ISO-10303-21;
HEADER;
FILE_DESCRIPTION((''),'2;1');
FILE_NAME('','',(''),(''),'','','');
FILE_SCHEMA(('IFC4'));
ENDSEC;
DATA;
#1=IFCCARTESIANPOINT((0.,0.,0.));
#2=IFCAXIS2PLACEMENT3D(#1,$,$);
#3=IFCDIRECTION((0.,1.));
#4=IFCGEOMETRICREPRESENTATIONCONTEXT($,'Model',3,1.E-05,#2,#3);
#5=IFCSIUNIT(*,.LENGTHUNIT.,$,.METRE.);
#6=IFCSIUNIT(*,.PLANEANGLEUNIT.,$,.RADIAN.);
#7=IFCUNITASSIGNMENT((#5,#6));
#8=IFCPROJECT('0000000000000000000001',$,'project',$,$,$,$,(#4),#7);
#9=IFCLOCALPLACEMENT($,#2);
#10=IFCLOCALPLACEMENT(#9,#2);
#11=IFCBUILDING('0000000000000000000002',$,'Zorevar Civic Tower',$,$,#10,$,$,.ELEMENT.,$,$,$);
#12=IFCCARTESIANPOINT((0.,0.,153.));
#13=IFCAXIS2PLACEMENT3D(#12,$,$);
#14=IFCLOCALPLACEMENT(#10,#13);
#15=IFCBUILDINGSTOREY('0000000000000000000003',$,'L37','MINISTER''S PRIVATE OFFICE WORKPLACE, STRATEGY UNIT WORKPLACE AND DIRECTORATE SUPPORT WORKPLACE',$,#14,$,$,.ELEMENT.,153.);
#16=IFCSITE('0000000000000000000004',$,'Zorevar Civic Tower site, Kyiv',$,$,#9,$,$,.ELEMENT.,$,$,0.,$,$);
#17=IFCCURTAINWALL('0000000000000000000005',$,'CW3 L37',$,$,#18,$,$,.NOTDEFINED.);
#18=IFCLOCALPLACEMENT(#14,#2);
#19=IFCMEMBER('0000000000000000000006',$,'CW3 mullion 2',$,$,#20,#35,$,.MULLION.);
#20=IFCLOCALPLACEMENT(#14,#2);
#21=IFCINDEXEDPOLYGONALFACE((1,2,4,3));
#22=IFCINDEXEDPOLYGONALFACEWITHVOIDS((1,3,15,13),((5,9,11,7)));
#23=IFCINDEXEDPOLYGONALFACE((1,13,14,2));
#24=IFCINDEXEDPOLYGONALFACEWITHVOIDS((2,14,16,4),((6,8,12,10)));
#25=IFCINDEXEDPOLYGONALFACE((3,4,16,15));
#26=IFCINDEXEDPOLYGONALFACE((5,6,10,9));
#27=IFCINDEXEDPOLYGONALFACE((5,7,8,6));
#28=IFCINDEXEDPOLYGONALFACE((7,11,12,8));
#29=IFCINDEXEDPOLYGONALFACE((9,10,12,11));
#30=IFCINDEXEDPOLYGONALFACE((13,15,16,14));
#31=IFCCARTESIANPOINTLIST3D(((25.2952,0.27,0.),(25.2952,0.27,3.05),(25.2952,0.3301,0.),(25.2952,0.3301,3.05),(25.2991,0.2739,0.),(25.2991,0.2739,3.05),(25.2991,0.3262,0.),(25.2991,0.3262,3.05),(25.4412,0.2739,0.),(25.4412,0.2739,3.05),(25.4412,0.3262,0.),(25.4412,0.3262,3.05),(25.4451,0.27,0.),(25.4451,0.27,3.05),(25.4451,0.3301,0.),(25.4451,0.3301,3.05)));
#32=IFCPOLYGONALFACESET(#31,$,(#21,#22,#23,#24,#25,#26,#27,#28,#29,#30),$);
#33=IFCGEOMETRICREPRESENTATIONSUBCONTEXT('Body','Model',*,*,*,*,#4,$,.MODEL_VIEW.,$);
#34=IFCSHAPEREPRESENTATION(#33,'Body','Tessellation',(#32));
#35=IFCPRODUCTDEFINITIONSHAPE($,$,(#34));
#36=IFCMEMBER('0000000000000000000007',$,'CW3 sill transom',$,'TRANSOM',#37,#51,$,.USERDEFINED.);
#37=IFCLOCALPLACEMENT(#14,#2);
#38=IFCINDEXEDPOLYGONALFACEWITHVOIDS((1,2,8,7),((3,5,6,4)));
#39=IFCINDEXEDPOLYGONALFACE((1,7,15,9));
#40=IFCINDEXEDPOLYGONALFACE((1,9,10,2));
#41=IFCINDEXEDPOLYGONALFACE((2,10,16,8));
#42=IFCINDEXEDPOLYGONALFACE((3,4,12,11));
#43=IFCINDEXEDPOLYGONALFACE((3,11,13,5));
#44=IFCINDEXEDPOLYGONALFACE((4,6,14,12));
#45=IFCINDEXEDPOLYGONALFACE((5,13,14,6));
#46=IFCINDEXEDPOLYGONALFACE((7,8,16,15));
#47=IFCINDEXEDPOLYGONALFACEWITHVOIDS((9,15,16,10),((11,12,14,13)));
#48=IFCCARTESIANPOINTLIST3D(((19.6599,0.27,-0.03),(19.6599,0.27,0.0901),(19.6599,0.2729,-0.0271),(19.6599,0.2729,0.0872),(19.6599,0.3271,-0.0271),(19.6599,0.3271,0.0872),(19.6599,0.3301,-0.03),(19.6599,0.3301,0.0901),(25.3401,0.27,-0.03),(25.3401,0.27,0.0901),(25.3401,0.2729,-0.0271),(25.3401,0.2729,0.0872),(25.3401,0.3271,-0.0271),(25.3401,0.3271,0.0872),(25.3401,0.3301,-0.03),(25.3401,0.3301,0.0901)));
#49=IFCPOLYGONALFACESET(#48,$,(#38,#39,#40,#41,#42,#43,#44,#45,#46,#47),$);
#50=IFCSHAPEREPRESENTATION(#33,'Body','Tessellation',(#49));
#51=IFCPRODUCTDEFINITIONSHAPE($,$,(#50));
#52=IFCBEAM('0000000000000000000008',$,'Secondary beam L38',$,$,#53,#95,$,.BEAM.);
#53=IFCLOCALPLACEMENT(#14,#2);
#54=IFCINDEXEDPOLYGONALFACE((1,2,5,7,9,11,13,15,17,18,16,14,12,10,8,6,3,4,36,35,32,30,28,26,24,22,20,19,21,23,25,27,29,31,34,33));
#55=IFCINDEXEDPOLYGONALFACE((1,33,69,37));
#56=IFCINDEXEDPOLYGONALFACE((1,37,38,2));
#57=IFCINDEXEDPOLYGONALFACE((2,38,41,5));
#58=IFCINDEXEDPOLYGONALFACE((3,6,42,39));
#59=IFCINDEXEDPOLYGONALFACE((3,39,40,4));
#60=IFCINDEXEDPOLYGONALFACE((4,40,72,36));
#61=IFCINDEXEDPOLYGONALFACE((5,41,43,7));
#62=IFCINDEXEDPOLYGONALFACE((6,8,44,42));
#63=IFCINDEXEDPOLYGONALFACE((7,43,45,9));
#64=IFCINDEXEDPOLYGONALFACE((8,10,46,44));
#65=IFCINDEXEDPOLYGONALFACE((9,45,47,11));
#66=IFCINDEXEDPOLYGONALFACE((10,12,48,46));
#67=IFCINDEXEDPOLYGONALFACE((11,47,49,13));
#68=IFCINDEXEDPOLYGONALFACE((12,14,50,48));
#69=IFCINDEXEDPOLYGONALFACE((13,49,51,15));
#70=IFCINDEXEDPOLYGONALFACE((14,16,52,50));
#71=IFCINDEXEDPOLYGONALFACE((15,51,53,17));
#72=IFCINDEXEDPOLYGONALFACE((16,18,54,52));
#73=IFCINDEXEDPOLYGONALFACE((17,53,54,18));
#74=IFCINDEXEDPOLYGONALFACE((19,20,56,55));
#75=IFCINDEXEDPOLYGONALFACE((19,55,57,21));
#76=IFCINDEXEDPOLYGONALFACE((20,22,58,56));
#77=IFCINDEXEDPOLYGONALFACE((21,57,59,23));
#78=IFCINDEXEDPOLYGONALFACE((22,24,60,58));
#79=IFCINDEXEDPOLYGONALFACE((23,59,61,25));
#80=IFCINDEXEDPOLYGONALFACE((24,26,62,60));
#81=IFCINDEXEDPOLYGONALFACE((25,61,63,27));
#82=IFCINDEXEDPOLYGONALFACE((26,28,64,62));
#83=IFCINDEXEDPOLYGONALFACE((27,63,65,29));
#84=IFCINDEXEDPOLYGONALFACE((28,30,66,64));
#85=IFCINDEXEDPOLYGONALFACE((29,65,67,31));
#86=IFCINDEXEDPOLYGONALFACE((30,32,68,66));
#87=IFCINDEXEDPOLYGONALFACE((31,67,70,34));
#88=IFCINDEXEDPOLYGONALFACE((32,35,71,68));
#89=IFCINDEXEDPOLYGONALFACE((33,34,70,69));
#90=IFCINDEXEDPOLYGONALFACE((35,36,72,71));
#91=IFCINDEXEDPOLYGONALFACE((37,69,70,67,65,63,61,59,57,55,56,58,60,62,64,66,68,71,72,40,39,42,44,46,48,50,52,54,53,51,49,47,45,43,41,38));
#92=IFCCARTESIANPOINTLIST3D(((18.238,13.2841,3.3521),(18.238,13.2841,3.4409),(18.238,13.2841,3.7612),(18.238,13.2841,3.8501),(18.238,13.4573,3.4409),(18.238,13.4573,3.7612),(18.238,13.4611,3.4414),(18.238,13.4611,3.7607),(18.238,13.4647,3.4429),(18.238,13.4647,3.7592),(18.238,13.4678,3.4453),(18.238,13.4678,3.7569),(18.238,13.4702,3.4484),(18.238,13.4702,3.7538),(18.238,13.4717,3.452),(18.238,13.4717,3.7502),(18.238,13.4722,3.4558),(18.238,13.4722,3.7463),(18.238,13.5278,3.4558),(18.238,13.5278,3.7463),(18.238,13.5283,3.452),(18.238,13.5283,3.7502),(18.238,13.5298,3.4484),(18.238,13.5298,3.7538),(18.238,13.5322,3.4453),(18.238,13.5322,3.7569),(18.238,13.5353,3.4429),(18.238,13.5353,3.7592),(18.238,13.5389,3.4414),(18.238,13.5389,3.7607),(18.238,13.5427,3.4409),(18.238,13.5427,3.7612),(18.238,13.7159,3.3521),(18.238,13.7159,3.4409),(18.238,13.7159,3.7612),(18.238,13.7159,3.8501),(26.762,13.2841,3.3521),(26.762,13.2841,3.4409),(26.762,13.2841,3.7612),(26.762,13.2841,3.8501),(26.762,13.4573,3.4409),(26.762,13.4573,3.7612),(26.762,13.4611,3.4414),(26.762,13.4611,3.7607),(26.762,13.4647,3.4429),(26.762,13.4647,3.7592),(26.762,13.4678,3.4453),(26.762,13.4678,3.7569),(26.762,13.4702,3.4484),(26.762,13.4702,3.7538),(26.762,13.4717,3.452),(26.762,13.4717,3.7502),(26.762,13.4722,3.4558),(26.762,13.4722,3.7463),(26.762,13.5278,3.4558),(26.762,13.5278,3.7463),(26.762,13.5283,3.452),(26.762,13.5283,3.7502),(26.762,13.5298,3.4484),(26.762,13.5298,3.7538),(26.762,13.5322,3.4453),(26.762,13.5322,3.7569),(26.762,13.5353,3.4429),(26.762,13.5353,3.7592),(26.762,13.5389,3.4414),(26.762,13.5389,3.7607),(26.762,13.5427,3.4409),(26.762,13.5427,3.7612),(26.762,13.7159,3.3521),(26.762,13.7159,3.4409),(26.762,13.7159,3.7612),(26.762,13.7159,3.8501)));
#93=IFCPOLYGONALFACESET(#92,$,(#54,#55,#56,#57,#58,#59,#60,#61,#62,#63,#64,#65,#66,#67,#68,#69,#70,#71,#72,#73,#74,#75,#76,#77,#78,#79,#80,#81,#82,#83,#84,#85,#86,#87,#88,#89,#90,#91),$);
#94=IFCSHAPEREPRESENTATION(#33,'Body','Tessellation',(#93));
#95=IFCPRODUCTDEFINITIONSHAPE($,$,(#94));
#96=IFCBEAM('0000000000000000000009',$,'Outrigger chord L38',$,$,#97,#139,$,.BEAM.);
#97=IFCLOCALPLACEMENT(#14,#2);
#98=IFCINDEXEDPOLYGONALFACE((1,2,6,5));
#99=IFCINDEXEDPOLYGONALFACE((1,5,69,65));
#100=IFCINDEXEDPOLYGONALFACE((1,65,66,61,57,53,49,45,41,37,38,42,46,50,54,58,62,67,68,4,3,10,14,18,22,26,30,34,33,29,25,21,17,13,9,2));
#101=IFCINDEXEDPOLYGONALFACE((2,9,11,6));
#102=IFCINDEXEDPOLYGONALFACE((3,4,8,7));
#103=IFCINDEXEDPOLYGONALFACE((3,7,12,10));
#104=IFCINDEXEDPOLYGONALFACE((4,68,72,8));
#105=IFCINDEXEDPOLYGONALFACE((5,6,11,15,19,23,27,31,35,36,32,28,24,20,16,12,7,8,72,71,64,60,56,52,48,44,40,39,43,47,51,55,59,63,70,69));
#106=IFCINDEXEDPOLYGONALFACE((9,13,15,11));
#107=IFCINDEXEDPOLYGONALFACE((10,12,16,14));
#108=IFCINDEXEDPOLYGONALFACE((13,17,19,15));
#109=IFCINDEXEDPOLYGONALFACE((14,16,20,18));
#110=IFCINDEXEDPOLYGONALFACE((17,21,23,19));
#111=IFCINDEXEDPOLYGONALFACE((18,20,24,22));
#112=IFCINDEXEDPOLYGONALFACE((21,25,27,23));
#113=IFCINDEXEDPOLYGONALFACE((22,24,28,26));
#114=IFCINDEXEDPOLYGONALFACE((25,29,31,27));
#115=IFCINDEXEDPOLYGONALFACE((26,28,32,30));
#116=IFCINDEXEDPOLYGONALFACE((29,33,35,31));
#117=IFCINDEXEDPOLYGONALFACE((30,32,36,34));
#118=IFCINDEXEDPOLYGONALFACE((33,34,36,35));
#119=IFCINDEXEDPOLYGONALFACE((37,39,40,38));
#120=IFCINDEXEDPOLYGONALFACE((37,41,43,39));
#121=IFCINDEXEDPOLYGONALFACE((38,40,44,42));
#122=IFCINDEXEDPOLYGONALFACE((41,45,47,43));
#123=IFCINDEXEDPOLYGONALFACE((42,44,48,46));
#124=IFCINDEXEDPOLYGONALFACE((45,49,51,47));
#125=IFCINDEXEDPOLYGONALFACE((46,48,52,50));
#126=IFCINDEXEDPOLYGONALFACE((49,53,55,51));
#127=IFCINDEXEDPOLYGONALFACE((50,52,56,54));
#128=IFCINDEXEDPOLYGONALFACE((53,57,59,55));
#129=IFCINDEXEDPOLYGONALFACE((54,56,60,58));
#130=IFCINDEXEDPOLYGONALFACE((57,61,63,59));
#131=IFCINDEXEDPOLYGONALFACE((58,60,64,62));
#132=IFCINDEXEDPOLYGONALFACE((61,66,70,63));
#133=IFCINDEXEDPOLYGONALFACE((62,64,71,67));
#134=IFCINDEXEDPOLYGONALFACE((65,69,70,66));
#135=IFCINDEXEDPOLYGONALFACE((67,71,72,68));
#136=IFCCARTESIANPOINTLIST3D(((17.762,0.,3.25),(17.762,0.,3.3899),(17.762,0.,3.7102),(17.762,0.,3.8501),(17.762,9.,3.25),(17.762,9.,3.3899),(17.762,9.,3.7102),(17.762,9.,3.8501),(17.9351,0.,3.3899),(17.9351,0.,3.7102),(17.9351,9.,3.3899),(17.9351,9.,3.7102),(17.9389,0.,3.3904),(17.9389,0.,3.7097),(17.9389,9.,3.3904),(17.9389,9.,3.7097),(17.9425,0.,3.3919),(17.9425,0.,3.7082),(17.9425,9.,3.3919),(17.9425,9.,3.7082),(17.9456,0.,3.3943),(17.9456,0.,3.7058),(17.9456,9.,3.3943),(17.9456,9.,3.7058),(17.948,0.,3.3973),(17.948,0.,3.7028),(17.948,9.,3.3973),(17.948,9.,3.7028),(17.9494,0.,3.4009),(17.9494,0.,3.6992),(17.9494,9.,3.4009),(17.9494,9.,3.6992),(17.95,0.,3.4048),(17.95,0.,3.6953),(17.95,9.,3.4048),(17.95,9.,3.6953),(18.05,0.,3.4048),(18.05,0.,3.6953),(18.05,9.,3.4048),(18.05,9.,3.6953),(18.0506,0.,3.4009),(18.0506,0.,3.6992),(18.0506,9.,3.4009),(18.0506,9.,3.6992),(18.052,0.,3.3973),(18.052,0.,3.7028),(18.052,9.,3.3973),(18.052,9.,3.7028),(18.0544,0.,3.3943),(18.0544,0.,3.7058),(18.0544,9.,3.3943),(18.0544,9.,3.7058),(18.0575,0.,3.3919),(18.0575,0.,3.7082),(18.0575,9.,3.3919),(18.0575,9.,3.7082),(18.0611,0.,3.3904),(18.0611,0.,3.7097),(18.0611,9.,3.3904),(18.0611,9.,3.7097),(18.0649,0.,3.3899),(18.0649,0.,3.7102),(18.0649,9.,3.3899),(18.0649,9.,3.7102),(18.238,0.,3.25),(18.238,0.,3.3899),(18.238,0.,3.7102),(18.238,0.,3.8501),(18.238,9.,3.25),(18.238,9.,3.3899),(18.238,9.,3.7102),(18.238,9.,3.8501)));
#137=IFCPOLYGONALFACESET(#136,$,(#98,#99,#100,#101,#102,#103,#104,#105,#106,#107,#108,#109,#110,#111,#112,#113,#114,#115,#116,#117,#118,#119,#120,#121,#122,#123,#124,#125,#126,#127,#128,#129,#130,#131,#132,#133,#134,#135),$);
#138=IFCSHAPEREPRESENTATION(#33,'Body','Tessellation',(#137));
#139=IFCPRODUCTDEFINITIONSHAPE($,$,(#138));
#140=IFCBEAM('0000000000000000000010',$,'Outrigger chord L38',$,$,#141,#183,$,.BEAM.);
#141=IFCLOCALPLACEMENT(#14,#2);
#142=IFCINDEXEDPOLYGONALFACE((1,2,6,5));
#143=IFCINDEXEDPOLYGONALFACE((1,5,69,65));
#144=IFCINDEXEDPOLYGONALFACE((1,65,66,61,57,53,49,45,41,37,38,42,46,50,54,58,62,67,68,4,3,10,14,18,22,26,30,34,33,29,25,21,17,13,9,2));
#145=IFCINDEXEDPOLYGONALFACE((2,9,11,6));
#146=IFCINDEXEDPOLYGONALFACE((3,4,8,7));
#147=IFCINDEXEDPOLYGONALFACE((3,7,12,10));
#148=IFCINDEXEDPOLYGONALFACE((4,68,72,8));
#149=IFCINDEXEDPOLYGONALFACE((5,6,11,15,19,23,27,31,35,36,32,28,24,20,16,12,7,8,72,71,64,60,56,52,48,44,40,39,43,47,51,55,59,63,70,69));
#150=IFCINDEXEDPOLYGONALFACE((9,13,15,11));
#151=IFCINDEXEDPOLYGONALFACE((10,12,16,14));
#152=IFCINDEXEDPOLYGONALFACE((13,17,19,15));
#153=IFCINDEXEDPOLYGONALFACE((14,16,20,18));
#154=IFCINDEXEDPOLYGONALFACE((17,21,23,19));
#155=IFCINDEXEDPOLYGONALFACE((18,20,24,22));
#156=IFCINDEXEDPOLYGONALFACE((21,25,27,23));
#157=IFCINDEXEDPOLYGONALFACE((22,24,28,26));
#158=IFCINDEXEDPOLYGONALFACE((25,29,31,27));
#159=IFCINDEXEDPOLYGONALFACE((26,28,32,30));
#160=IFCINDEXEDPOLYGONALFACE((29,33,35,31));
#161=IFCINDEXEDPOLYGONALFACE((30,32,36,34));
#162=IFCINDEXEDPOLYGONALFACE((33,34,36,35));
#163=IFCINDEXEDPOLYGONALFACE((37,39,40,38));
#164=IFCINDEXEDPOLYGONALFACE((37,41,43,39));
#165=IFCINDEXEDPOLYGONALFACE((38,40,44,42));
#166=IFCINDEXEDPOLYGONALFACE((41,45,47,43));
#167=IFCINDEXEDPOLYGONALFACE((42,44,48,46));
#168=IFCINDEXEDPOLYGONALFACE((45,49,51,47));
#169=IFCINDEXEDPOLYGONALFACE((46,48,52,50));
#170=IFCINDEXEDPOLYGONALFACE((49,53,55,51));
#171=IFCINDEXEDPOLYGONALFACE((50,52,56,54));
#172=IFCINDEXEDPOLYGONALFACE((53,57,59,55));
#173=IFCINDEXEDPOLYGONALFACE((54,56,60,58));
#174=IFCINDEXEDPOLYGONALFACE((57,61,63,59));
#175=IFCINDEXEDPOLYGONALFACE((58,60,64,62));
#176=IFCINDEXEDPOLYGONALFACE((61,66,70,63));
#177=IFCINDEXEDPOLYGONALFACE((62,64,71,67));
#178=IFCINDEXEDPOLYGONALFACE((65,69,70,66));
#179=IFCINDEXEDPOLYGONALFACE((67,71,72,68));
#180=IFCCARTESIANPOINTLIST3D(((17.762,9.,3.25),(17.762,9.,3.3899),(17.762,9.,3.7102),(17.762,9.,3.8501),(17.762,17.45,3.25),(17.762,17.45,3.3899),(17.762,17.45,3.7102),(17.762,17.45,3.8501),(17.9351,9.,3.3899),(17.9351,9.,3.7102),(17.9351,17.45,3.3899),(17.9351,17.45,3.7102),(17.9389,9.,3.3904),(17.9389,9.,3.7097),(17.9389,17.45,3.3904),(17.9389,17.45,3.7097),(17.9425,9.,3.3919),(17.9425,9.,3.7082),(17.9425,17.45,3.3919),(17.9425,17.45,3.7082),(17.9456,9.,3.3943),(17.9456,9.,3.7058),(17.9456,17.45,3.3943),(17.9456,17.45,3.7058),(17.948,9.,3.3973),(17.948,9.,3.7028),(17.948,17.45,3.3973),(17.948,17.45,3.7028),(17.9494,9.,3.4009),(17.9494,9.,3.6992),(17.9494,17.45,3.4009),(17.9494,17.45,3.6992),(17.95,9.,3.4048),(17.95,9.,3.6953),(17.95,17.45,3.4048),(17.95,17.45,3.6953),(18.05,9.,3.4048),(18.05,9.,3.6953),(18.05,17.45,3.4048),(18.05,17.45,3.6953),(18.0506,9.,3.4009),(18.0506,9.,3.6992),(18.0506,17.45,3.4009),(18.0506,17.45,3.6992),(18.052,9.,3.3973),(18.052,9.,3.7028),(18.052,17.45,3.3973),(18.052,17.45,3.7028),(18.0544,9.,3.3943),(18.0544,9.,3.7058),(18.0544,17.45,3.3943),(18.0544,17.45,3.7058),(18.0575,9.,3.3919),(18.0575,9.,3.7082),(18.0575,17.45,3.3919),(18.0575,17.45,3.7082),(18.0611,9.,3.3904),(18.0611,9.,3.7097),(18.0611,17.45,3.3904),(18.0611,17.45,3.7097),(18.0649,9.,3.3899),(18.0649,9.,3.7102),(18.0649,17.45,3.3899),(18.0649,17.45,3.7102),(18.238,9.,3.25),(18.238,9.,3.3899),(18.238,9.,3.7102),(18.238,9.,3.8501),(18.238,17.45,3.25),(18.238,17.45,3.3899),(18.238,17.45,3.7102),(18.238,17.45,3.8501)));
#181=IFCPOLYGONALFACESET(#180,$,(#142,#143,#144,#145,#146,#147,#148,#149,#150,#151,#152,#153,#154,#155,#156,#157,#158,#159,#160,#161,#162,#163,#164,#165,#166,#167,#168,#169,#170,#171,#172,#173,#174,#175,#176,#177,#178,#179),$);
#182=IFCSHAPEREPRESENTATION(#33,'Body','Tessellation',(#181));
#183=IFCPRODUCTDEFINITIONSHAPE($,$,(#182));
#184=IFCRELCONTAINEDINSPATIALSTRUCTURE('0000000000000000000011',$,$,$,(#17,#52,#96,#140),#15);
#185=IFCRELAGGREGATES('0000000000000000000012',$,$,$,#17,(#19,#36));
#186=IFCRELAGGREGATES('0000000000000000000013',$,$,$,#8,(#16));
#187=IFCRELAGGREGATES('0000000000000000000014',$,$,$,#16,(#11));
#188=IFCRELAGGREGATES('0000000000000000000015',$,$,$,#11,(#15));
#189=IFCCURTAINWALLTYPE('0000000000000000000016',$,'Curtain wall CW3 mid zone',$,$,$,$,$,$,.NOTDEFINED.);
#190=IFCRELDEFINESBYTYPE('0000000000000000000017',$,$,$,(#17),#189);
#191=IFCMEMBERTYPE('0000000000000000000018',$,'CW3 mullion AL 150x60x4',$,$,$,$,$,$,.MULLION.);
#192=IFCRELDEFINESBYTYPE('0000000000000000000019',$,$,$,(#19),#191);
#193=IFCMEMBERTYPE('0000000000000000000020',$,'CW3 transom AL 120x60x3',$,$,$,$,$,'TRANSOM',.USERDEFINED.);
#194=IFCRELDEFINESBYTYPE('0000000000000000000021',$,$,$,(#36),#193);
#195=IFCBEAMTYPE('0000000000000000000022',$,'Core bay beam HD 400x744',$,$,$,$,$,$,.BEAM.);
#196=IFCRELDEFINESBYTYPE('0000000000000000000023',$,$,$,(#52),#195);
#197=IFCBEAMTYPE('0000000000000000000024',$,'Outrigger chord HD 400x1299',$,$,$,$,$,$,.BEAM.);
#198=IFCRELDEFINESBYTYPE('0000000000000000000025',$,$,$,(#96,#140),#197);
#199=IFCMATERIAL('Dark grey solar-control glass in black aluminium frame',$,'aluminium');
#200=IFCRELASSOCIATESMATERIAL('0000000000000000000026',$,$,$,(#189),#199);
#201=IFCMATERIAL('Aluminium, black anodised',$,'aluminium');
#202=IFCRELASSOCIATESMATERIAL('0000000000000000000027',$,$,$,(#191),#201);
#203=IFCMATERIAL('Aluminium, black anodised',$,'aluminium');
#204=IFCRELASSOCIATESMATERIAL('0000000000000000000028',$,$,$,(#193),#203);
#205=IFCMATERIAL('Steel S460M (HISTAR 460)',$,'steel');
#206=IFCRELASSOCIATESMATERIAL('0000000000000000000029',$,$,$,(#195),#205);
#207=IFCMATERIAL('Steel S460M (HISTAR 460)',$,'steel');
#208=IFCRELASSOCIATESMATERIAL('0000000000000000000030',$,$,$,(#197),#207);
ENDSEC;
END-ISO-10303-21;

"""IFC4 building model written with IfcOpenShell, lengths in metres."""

from ifc_helpers import new_model, si_unit, direction, frame, origin, origin_2d, place, context, subcontext, project, spatial, hollow_rectangle, i_section, extrude, material, material_profile, profile_set, type_object, element, aggregate, save


model = new_model("IFC4")

# Units and contexts
model_context = context("Model", 3, precision=1e-05, world=origin(), true_north=direction((0.0, 1.0)))
body_context = subcontext(model_context, "Body", "Model", "MODEL_VIEW")
ifc_project = project(units=[si_unit("LENGTHUNIT", "METRE"), si_unit("PLANEANGLEUNIT", "RADIAN")], contexts=[model_context])

# Site, building, storey
site_placement = place(None, origin())
site = spatial("IfcSite", under=ifc_project, at=site_placement, Name="Zorevar Civic Tower site, Kyiv", CompositionType="ELEMENT", RefElevation=0.0)
building_placement = place(site_placement, origin())
building = spatial("IfcBuilding", under=site, at=building_placement, Name="Zorevar Civic Tower", CompositionType="ELEMENT")
storey_placement = place(building_placement, frame((0.0, 0.0, 153.0)))
storey = spatial("IfcBuildingStorey", under=building, at=storey_placement, Name="L37", Description="MINISTER'S PRIVATE OFFICE WORKPLACE, STRATEGY UNIT WORKPLACE AND DIRECTORATE SUPPORT WORKPLACE", CompositionType="ELEMENT", Elevation=153.0)

# Curtain wall, members
ifc_material_1 = material(Name="Dark grey solar-control glass in black aluminium frame", Category="aluminium")
curtain_wall_type = type_object("IfcCurtainWallType", Name="Curtain wall CW3 mid zone", PredefinedType="NOTDEFINED", material=ifc_material_1)
ifc_material_2 = material(Name="Aluminium, black anodised", Category="aluminium")
ifc_material_profile_1 = material_profile(ifc_material_2, hollow_rectangle(XDim=0.0601, YDim=0.1499, WallThickness=0.0039, at=origin_2d()), Name="AL 150x60x4")
ifc_profile_set_1 = profile_set([ifc_material_profile_1], Name="Aluminium, black anodised")
member_type_1 = type_object("IfcMemberType", Name="CW3 mullion AL 150x60x4", PredefinedType="MULLION", material=ifc_profile_set_1)
curtain_wall_1_placement = place(storey_placement, origin())
curtain_wall_1 = element("IfcCurtainWall", 1, at=curtain_wall_1_placement, inside=storey, type_object=curtain_wall_type, Name="CW3 L37", PredefinedType="NOTDEFINED")
member_1_placement = place(storey_placement, frame((25.3701, 0.3, 0.0), z_axis=(0.0, 0.0, 1.0), x_axis=(0.0, 1.0, 0.0)))
member_1 = element("IfcMember", 2, at=member_1_placement, type_object=member_type_1, Name="CW3 mullion 2", PredefinedType="MULLION", context=body_context, shape_type="SweptSolid", body=[
    extrude(hollow_rectangle(XDim=0.0601, YDim=0.1499, WallThickness=0.0039, at=origin_2d()), origin(), (0.0, 0.0, 1.0), 3.05),
])
ifc_material_3 = material(Name="Aluminium, black anodised", Category="aluminium")
ifc_material_profile_2 = material_profile(ifc_material_3, hollow_rectangle(XDim=0.0601, YDim=0.1201, WallThickness=0.0029, at=origin_2d()), Name="AL 120x60x3")
ifc_profile_set_2 = profile_set([ifc_material_profile_2], Name="Aluminium, black anodised")
member_type_2 = type_object("IfcMemberType", Name="CW3 transom AL 120x60x3", ElementType="TRANSOM", PredefinedType="USERDEFINED", material=ifc_profile_set_2)
member_2_placement = place(storey_placement, frame((19.6599, 0.3, 0.03), z_axis=(1.0, 0.0, 0.0), x_axis=(0.0, 1.0, 0.0)))
member_2 = element("IfcMember", 3, at=member_2_placement, type_object=member_type_2, Name="CW3 sill transom", ObjectType="TRANSOM", PredefinedType="USERDEFINED", context=body_context, shape_type="SweptSolid", body=[
    extrude(hollow_rectangle(XDim=0.0601, YDim=0.1201, WallThickness=0.0029, at=origin_2d()), origin(), (0.0, 0.0, 1.0), 5.6802),
])

# Beams
ifc_material_4 = material(Name="Steel S460M (HISTAR 460)", Category="steel")
ifc_material_profile_3 = material_profile(ifc_material_4, i_section(OverallWidth=0.4319, OverallDepth=0.498, WebThickness=0.0557, FlangeThickness=0.0889, FilletRadius=0.0149, at=origin_2d()), Name="HD 400x744")
ifc_profile_set_3 = profile_set([ifc_material_profile_3], Name="Steel S460M (HISTAR 460)")
beam_type_1 = type_object("IfcBeamType", Name="Core bay beam HD 400x744", PredefinedType="BEAM", material=ifc_profile_set_3)
beam_1_placement = place(storey_placement, frame((18.238, 13.5, 3.6011), z_axis=(1.0, 0.0, 0.0), x_axis=(0.0, 1.0, 0.0)))
element("IfcBeam", 4, at=beam_1_placement, inside=storey, type_object=beam_type_1, Name="Secondary beam L38", PredefinedType="BEAM", context=body_context, shape_type="SweptSolid", body=[
    extrude(i_section(OverallWidth=0.4319, OverallDepth=0.498, WebThickness=0.0557, FlangeThickness=0.0889, FilletRadius=0.0149, at=origin_2d()), origin(), (0.0, 0.0, 1.0), 8.5239),
])
ifc_material_5 = material(Name="Steel S460M (HISTAR 460)", Category="steel")
ifc_material_profile_4 = material_profile(ifc_material_5, i_section(OverallWidth=0.4761, OverallDepth=0.6001, WebThickness=0.1001, FlangeThickness=0.1399, FilletRadius=0.0149, at=origin_2d()), Name="HD 400x1299")
ifc_profile_set_4 = profile_set([ifc_material_profile_4], Name="Steel S460M (HISTAR 460)")
beam_type_2 = type_object("IfcBeamType", Name="Outrigger chord HD 400x1299", PredefinedType="BEAM", material=ifc_profile_set_4)
beam_2_placement = place(storey_placement, frame((18.0, 0.0, 3.55), z_axis=(0.0, 1.0, 0.0), x_axis=(-1.0, 0.0, 0.0)))
element("IfcBeam", 5, at=beam_2_placement, inside=storey, type_object=beam_type_2, Name="Outrigger chord L38", PredefinedType="BEAM", context=body_context, shape_type="SweptSolid", body=[
    extrude(i_section(OverallWidth=0.4761, OverallDepth=0.6001, WebThickness=0.1001, FlangeThickness=0.1399, FilletRadius=0.0149, at=origin_2d()), origin(), (0.0, 0.0, 1.0), 9.0),
])
beam_3_placement = place(storey_placement, frame((18.0, 9.0, 3.55), z_axis=(0.0, 1.0, 0.0), x_axis=(-1.0, 0.0, 0.0)))
element("IfcBeam", 6, at=beam_3_placement, inside=storey, type_object=beam_type_2, Name="Outrigger chord L38", PredefinedType="BEAM", context=body_context, shape_type="SweptSolid", body=[
    extrude(i_section(OverallWidth=0.4761, OverallDepth=0.6001, WebThickness=0.1001, FlangeThickness=0.1399, FilletRadius=0.0149, at=origin_2d()), origin(), (0.0, 0.0, 1.0), 8.45),
])

aggregate(curtain_wall_1, [member_1, member_2])

save(model, "model.ifc")
